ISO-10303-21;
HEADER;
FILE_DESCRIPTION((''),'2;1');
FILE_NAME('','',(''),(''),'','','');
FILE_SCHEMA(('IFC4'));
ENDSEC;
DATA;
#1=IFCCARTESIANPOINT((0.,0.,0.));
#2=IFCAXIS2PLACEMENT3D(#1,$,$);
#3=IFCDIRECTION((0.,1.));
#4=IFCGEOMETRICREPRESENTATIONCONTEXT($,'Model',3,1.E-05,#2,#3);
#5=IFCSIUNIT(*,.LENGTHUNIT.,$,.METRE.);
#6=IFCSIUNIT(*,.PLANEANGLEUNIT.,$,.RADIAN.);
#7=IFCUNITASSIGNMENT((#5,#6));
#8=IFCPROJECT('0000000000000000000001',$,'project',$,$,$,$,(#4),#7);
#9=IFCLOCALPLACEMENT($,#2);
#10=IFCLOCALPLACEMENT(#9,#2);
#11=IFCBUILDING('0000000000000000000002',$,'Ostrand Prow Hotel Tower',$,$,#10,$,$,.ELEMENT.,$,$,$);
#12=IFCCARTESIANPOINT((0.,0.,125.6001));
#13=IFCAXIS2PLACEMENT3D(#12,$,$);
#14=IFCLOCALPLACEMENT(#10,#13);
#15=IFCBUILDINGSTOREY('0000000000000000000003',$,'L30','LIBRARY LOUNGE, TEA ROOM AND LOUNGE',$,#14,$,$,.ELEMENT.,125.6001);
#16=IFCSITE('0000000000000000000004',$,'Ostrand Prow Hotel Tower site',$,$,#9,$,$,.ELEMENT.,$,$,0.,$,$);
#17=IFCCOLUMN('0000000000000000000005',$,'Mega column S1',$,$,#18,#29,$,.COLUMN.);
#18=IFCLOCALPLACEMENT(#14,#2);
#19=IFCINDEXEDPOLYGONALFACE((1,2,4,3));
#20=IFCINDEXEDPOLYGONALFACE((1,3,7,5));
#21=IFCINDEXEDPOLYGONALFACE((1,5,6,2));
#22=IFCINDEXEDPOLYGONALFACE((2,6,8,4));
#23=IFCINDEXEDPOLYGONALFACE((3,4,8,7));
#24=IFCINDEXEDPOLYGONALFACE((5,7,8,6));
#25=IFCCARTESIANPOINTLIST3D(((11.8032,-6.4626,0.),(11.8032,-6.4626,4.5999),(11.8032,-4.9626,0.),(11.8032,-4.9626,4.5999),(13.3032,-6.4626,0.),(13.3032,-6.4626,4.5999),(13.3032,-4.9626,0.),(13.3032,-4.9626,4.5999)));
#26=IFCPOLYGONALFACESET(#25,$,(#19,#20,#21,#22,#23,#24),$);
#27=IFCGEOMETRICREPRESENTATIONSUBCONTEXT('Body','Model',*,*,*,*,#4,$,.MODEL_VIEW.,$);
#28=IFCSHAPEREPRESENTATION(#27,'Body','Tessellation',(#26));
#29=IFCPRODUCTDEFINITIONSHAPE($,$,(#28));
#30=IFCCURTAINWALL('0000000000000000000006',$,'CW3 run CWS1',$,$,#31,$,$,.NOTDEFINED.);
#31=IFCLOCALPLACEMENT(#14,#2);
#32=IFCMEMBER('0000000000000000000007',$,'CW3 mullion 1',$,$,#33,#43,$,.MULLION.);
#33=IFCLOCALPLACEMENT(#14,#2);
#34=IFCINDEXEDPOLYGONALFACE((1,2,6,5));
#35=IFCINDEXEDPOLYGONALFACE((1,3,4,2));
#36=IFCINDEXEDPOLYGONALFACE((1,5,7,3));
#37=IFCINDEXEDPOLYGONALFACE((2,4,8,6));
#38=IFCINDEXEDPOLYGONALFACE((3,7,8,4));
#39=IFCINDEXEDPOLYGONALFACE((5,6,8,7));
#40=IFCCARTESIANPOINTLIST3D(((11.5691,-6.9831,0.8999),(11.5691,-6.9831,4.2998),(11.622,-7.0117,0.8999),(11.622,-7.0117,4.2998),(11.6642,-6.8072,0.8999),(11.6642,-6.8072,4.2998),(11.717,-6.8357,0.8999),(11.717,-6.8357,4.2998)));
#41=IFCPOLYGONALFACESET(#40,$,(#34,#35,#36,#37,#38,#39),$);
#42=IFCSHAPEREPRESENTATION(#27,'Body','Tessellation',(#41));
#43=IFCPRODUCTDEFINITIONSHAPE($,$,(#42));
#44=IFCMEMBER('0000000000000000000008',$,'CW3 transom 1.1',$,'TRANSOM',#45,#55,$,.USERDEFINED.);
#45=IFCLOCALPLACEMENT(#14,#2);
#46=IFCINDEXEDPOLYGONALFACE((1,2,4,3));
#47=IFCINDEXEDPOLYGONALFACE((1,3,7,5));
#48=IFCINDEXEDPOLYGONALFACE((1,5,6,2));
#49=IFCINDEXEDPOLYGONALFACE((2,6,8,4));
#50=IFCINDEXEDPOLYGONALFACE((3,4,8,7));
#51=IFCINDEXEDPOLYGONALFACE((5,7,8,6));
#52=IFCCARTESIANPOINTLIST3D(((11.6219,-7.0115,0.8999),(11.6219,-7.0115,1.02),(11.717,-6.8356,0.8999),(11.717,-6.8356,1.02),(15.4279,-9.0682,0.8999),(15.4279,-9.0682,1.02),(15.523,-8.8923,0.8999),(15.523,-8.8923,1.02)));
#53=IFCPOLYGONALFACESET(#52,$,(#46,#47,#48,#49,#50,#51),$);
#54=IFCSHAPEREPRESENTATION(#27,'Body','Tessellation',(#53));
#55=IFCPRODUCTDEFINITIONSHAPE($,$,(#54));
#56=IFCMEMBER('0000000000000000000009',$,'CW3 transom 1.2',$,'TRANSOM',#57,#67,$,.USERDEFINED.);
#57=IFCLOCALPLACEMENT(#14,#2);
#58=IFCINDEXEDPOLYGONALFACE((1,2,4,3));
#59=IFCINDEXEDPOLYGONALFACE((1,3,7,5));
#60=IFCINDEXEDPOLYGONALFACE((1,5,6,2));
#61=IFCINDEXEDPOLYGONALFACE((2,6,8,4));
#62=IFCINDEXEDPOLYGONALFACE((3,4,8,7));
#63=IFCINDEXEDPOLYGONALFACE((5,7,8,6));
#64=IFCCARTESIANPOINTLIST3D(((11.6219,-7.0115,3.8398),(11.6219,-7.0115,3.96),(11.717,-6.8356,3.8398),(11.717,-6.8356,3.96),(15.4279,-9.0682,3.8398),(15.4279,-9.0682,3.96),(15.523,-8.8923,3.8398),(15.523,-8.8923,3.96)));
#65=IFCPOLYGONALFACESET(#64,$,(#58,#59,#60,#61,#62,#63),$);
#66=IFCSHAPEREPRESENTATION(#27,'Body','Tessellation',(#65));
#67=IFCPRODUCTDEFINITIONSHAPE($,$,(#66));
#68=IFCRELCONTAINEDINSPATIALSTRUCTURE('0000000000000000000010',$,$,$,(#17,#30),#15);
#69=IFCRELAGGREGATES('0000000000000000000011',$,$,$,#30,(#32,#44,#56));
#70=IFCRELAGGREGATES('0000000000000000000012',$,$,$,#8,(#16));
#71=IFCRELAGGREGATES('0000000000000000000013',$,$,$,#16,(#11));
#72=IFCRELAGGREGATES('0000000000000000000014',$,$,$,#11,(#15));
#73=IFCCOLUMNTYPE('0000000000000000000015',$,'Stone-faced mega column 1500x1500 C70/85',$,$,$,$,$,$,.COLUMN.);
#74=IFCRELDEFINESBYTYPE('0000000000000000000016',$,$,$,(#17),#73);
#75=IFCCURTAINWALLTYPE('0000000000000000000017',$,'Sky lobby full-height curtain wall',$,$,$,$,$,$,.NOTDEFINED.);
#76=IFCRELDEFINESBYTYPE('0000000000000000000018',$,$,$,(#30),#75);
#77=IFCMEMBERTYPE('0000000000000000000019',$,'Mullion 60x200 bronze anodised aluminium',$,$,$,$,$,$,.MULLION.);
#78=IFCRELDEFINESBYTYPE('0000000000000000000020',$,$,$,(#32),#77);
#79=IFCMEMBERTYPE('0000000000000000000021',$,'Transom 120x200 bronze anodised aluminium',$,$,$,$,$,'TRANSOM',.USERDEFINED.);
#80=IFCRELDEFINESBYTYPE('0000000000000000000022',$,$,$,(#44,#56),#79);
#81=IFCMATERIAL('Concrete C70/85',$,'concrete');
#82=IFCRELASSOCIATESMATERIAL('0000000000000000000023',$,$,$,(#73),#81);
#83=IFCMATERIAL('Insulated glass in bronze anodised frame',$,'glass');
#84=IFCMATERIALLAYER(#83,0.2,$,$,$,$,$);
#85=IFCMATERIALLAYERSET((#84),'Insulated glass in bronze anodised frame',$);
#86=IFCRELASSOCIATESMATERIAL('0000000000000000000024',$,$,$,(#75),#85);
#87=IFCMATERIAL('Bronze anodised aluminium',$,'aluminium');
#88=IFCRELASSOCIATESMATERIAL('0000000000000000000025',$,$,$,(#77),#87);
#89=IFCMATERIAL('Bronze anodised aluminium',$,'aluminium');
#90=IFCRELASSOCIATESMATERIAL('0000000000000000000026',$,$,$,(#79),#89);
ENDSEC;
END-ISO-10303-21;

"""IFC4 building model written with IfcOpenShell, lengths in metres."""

from ifc_helpers import new_model, si_unit, direction, frame, origin, origin_2d, place, context, subcontext, project, spatial, rectangle, extrude, material, layer, layer_set, material_profile, profile_set, type_object, element, aggregate, save


model = new_model("IFC4")

# Units and contexts
model_context = context("Model", 3, precision=1e-05, world=origin(), true_north=direction((0.0, 1.0)))
body_context = subcontext(model_context, "Body", "Model", "MODEL_VIEW")
ifc_project = project(units=[si_unit("LENGTHUNIT", "METRE"), si_unit("PLANEANGLEUNIT", "RADIAN")], contexts=[model_context])

# Site, building, storey
site_placement = place(None, origin())
site = spatial("IfcSite", under=ifc_project, at=site_placement, Name="Ostrand Prow Hotel Tower site", CompositionType="ELEMENT", RefElevation=0.0)
building_placement = place(site_placement, origin())
building = spatial("IfcBuilding", under=site, at=building_placement, Name="Ostrand Prow Hotel Tower", CompositionType="ELEMENT")
storey_placement = place(building_placement, frame((0.0, 0.0, 125.6001)))
storey = spatial("IfcBuildingStorey", under=building, at=storey_placement, Name="L30", Description="LIBRARY LOUNGE, TEA ROOM AND LOUNGE", CompositionType="ELEMENT", Elevation=125.6001)

# Column
ifc_material_1 = material(Name="Concrete C70/85", Category="concrete")
ifc_material_profile_1 = material_profile(ifc_material_1, rectangle(XDim=1.5, YDim=1.5, at=origin_2d()), Name="RC 1500x1500")
ifc_profile_set_1 = profile_set([ifc_material_profile_1], Name="Concrete C70/85")
column_type = type_object("IfcColumnType", Name="Stone-faced mega column 1500x1500 C70/85", PredefinedType="COLUMN", material=ifc_profile_set_1)
column_placement = place(storey_placement, frame((12.5532, -5.7126, 0.0), z_axis=(0.0, 0.0, 1.0), x_axis=(1.0, 0.0, 0.0)))
element("IfcColumn", 1, at=column_placement, inside=storey, type_object=column_type, Name="Mega column S1", PredefinedType="COLUMN", context=body_context, shape_type="SweptSolid", body=[
    extrude(rectangle(XDim=1.5, YDim=1.5, at=origin_2d()), origin(), (0.0, 0.0, 1.0), 4.5999),
])

# Curtain wall, members
ifc_material_2 = material(Name="Insulated glass in bronze anodised frame", Category="glass")
ifc_layer_1 = layer(ifc_material_2, 0.2)
ifc_layer_set_1 = layer_set([ifc_layer_1], Name="Insulated glass in bronze anodised frame")
curtain_wall_type = type_object("IfcCurtainWallType", Name="Sky lobby full-height curtain wall", PredefinedType="NOTDEFINED", material=ifc_layer_set_1)
curtain_wall_placement = place(storey_placement, origin())
curtain_wall = element("IfcCurtainWall", 2, at=curtain_wall_placement, inside=storey, type_object=curtain_wall_type, Name="CW3 run CWS1", PredefinedType="NOTDEFINED")
ifc_material_3 = material(Name="Bronze anodised aluminium", Category="aluminium")
ifc_material_profile_2 = material_profile(ifc_material_3, rectangle(XDim=0.2, YDim=0.0601, at=origin_2d()), Name="Mullion 60x200 bronze anodised aluminium")
ifc_profile_set_2 = profile_set([ifc_material_profile_2], Name="Bronze anodised aluminium")
member_type_1 = type_object("IfcMemberType", Name="Mullion 60x200 bronze anodised aluminium", PredefinedType="MULLION", material=ifc_profile_set_2)
member_1_placement = place(storey_placement, frame((11.6431, -6.9094, 0.8999), z_axis=(0.0, 0.0, 1.0), x_axis=(0.475394, 0.879773, 0.0)))
member_1 = element("IfcMember", 3, at=member_1_placement, type_object=member_type_1, Name="CW3 mullion 1", PredefinedType="MULLION", context=body_context, shape_type="SweptSolid", body=[
    extrude(rectangle(XDim=0.2, YDim=0.0601, at=origin_2d()), origin(), (0.0, 0.0, 1.0), 3.3999),
])
ifc_material_4 = material(Name="Bronze anodised aluminium", Category="aluminium")
ifc_material_profile_3 = material_profile(ifc_material_4, rectangle(XDim=0.2, YDim=0.1201, at=origin_2d()), Name="Transom 120x200 bronze anodised aluminium")
ifc_profile_set_3 = profile_set([ifc_material_profile_3], Name="Bronze anodised aluminium")
member_type_2 = type_object("IfcMemberType", Name="Transom 120x200 bronze anodised aluminium", ElementType="TRANSOM", PredefinedType="USERDEFINED", material=ifc_profile_set_3)
member_2_placement = place(storey_placement, frame((11.6694, -6.9236, 0.96), z_axis=(0.879765, -0.475408, 0.0), x_axis=(0.475408, 0.879765, 0.0)))
member_2 = element("IfcMember", 4, at=member_2_placement, type_object=member_type_2, Name="CW3 transom 1.1", ObjectType="TRANSOM", PredefinedType="USERDEFINED", context=body_context, shape_type="SweptSolid", body=[
    extrude(rectangle(XDim=0.2, YDim=0.1201, at=origin_2d()), origin(), (0.0, 0.0, 1.0), 4.3262),
])
member_3_placement = place(storey_placement, frame((11.6694, -6.9236, 3.8999), z_axis=(0.879765, -0.475408, 0.0), x_axis=(0.475408, 0.879765, 0.0)))
member_3 = element("IfcMember", 5, at=member_3_placement, type_object=member_type_2, Name="CW3 transom 1.2", ObjectType="TRANSOM", PredefinedType="USERDEFINED", context=body_context, shape_type="SweptSolid", body=[
    extrude(rectangle(XDim=0.2, YDim=0.1201, at=origin_2d()), origin(), (0.0, 0.0, 1.0), 4.3262),
])
aggregate(curtain_wall, [member_1, member_2, member_3])

save(model, "model.ifc")
